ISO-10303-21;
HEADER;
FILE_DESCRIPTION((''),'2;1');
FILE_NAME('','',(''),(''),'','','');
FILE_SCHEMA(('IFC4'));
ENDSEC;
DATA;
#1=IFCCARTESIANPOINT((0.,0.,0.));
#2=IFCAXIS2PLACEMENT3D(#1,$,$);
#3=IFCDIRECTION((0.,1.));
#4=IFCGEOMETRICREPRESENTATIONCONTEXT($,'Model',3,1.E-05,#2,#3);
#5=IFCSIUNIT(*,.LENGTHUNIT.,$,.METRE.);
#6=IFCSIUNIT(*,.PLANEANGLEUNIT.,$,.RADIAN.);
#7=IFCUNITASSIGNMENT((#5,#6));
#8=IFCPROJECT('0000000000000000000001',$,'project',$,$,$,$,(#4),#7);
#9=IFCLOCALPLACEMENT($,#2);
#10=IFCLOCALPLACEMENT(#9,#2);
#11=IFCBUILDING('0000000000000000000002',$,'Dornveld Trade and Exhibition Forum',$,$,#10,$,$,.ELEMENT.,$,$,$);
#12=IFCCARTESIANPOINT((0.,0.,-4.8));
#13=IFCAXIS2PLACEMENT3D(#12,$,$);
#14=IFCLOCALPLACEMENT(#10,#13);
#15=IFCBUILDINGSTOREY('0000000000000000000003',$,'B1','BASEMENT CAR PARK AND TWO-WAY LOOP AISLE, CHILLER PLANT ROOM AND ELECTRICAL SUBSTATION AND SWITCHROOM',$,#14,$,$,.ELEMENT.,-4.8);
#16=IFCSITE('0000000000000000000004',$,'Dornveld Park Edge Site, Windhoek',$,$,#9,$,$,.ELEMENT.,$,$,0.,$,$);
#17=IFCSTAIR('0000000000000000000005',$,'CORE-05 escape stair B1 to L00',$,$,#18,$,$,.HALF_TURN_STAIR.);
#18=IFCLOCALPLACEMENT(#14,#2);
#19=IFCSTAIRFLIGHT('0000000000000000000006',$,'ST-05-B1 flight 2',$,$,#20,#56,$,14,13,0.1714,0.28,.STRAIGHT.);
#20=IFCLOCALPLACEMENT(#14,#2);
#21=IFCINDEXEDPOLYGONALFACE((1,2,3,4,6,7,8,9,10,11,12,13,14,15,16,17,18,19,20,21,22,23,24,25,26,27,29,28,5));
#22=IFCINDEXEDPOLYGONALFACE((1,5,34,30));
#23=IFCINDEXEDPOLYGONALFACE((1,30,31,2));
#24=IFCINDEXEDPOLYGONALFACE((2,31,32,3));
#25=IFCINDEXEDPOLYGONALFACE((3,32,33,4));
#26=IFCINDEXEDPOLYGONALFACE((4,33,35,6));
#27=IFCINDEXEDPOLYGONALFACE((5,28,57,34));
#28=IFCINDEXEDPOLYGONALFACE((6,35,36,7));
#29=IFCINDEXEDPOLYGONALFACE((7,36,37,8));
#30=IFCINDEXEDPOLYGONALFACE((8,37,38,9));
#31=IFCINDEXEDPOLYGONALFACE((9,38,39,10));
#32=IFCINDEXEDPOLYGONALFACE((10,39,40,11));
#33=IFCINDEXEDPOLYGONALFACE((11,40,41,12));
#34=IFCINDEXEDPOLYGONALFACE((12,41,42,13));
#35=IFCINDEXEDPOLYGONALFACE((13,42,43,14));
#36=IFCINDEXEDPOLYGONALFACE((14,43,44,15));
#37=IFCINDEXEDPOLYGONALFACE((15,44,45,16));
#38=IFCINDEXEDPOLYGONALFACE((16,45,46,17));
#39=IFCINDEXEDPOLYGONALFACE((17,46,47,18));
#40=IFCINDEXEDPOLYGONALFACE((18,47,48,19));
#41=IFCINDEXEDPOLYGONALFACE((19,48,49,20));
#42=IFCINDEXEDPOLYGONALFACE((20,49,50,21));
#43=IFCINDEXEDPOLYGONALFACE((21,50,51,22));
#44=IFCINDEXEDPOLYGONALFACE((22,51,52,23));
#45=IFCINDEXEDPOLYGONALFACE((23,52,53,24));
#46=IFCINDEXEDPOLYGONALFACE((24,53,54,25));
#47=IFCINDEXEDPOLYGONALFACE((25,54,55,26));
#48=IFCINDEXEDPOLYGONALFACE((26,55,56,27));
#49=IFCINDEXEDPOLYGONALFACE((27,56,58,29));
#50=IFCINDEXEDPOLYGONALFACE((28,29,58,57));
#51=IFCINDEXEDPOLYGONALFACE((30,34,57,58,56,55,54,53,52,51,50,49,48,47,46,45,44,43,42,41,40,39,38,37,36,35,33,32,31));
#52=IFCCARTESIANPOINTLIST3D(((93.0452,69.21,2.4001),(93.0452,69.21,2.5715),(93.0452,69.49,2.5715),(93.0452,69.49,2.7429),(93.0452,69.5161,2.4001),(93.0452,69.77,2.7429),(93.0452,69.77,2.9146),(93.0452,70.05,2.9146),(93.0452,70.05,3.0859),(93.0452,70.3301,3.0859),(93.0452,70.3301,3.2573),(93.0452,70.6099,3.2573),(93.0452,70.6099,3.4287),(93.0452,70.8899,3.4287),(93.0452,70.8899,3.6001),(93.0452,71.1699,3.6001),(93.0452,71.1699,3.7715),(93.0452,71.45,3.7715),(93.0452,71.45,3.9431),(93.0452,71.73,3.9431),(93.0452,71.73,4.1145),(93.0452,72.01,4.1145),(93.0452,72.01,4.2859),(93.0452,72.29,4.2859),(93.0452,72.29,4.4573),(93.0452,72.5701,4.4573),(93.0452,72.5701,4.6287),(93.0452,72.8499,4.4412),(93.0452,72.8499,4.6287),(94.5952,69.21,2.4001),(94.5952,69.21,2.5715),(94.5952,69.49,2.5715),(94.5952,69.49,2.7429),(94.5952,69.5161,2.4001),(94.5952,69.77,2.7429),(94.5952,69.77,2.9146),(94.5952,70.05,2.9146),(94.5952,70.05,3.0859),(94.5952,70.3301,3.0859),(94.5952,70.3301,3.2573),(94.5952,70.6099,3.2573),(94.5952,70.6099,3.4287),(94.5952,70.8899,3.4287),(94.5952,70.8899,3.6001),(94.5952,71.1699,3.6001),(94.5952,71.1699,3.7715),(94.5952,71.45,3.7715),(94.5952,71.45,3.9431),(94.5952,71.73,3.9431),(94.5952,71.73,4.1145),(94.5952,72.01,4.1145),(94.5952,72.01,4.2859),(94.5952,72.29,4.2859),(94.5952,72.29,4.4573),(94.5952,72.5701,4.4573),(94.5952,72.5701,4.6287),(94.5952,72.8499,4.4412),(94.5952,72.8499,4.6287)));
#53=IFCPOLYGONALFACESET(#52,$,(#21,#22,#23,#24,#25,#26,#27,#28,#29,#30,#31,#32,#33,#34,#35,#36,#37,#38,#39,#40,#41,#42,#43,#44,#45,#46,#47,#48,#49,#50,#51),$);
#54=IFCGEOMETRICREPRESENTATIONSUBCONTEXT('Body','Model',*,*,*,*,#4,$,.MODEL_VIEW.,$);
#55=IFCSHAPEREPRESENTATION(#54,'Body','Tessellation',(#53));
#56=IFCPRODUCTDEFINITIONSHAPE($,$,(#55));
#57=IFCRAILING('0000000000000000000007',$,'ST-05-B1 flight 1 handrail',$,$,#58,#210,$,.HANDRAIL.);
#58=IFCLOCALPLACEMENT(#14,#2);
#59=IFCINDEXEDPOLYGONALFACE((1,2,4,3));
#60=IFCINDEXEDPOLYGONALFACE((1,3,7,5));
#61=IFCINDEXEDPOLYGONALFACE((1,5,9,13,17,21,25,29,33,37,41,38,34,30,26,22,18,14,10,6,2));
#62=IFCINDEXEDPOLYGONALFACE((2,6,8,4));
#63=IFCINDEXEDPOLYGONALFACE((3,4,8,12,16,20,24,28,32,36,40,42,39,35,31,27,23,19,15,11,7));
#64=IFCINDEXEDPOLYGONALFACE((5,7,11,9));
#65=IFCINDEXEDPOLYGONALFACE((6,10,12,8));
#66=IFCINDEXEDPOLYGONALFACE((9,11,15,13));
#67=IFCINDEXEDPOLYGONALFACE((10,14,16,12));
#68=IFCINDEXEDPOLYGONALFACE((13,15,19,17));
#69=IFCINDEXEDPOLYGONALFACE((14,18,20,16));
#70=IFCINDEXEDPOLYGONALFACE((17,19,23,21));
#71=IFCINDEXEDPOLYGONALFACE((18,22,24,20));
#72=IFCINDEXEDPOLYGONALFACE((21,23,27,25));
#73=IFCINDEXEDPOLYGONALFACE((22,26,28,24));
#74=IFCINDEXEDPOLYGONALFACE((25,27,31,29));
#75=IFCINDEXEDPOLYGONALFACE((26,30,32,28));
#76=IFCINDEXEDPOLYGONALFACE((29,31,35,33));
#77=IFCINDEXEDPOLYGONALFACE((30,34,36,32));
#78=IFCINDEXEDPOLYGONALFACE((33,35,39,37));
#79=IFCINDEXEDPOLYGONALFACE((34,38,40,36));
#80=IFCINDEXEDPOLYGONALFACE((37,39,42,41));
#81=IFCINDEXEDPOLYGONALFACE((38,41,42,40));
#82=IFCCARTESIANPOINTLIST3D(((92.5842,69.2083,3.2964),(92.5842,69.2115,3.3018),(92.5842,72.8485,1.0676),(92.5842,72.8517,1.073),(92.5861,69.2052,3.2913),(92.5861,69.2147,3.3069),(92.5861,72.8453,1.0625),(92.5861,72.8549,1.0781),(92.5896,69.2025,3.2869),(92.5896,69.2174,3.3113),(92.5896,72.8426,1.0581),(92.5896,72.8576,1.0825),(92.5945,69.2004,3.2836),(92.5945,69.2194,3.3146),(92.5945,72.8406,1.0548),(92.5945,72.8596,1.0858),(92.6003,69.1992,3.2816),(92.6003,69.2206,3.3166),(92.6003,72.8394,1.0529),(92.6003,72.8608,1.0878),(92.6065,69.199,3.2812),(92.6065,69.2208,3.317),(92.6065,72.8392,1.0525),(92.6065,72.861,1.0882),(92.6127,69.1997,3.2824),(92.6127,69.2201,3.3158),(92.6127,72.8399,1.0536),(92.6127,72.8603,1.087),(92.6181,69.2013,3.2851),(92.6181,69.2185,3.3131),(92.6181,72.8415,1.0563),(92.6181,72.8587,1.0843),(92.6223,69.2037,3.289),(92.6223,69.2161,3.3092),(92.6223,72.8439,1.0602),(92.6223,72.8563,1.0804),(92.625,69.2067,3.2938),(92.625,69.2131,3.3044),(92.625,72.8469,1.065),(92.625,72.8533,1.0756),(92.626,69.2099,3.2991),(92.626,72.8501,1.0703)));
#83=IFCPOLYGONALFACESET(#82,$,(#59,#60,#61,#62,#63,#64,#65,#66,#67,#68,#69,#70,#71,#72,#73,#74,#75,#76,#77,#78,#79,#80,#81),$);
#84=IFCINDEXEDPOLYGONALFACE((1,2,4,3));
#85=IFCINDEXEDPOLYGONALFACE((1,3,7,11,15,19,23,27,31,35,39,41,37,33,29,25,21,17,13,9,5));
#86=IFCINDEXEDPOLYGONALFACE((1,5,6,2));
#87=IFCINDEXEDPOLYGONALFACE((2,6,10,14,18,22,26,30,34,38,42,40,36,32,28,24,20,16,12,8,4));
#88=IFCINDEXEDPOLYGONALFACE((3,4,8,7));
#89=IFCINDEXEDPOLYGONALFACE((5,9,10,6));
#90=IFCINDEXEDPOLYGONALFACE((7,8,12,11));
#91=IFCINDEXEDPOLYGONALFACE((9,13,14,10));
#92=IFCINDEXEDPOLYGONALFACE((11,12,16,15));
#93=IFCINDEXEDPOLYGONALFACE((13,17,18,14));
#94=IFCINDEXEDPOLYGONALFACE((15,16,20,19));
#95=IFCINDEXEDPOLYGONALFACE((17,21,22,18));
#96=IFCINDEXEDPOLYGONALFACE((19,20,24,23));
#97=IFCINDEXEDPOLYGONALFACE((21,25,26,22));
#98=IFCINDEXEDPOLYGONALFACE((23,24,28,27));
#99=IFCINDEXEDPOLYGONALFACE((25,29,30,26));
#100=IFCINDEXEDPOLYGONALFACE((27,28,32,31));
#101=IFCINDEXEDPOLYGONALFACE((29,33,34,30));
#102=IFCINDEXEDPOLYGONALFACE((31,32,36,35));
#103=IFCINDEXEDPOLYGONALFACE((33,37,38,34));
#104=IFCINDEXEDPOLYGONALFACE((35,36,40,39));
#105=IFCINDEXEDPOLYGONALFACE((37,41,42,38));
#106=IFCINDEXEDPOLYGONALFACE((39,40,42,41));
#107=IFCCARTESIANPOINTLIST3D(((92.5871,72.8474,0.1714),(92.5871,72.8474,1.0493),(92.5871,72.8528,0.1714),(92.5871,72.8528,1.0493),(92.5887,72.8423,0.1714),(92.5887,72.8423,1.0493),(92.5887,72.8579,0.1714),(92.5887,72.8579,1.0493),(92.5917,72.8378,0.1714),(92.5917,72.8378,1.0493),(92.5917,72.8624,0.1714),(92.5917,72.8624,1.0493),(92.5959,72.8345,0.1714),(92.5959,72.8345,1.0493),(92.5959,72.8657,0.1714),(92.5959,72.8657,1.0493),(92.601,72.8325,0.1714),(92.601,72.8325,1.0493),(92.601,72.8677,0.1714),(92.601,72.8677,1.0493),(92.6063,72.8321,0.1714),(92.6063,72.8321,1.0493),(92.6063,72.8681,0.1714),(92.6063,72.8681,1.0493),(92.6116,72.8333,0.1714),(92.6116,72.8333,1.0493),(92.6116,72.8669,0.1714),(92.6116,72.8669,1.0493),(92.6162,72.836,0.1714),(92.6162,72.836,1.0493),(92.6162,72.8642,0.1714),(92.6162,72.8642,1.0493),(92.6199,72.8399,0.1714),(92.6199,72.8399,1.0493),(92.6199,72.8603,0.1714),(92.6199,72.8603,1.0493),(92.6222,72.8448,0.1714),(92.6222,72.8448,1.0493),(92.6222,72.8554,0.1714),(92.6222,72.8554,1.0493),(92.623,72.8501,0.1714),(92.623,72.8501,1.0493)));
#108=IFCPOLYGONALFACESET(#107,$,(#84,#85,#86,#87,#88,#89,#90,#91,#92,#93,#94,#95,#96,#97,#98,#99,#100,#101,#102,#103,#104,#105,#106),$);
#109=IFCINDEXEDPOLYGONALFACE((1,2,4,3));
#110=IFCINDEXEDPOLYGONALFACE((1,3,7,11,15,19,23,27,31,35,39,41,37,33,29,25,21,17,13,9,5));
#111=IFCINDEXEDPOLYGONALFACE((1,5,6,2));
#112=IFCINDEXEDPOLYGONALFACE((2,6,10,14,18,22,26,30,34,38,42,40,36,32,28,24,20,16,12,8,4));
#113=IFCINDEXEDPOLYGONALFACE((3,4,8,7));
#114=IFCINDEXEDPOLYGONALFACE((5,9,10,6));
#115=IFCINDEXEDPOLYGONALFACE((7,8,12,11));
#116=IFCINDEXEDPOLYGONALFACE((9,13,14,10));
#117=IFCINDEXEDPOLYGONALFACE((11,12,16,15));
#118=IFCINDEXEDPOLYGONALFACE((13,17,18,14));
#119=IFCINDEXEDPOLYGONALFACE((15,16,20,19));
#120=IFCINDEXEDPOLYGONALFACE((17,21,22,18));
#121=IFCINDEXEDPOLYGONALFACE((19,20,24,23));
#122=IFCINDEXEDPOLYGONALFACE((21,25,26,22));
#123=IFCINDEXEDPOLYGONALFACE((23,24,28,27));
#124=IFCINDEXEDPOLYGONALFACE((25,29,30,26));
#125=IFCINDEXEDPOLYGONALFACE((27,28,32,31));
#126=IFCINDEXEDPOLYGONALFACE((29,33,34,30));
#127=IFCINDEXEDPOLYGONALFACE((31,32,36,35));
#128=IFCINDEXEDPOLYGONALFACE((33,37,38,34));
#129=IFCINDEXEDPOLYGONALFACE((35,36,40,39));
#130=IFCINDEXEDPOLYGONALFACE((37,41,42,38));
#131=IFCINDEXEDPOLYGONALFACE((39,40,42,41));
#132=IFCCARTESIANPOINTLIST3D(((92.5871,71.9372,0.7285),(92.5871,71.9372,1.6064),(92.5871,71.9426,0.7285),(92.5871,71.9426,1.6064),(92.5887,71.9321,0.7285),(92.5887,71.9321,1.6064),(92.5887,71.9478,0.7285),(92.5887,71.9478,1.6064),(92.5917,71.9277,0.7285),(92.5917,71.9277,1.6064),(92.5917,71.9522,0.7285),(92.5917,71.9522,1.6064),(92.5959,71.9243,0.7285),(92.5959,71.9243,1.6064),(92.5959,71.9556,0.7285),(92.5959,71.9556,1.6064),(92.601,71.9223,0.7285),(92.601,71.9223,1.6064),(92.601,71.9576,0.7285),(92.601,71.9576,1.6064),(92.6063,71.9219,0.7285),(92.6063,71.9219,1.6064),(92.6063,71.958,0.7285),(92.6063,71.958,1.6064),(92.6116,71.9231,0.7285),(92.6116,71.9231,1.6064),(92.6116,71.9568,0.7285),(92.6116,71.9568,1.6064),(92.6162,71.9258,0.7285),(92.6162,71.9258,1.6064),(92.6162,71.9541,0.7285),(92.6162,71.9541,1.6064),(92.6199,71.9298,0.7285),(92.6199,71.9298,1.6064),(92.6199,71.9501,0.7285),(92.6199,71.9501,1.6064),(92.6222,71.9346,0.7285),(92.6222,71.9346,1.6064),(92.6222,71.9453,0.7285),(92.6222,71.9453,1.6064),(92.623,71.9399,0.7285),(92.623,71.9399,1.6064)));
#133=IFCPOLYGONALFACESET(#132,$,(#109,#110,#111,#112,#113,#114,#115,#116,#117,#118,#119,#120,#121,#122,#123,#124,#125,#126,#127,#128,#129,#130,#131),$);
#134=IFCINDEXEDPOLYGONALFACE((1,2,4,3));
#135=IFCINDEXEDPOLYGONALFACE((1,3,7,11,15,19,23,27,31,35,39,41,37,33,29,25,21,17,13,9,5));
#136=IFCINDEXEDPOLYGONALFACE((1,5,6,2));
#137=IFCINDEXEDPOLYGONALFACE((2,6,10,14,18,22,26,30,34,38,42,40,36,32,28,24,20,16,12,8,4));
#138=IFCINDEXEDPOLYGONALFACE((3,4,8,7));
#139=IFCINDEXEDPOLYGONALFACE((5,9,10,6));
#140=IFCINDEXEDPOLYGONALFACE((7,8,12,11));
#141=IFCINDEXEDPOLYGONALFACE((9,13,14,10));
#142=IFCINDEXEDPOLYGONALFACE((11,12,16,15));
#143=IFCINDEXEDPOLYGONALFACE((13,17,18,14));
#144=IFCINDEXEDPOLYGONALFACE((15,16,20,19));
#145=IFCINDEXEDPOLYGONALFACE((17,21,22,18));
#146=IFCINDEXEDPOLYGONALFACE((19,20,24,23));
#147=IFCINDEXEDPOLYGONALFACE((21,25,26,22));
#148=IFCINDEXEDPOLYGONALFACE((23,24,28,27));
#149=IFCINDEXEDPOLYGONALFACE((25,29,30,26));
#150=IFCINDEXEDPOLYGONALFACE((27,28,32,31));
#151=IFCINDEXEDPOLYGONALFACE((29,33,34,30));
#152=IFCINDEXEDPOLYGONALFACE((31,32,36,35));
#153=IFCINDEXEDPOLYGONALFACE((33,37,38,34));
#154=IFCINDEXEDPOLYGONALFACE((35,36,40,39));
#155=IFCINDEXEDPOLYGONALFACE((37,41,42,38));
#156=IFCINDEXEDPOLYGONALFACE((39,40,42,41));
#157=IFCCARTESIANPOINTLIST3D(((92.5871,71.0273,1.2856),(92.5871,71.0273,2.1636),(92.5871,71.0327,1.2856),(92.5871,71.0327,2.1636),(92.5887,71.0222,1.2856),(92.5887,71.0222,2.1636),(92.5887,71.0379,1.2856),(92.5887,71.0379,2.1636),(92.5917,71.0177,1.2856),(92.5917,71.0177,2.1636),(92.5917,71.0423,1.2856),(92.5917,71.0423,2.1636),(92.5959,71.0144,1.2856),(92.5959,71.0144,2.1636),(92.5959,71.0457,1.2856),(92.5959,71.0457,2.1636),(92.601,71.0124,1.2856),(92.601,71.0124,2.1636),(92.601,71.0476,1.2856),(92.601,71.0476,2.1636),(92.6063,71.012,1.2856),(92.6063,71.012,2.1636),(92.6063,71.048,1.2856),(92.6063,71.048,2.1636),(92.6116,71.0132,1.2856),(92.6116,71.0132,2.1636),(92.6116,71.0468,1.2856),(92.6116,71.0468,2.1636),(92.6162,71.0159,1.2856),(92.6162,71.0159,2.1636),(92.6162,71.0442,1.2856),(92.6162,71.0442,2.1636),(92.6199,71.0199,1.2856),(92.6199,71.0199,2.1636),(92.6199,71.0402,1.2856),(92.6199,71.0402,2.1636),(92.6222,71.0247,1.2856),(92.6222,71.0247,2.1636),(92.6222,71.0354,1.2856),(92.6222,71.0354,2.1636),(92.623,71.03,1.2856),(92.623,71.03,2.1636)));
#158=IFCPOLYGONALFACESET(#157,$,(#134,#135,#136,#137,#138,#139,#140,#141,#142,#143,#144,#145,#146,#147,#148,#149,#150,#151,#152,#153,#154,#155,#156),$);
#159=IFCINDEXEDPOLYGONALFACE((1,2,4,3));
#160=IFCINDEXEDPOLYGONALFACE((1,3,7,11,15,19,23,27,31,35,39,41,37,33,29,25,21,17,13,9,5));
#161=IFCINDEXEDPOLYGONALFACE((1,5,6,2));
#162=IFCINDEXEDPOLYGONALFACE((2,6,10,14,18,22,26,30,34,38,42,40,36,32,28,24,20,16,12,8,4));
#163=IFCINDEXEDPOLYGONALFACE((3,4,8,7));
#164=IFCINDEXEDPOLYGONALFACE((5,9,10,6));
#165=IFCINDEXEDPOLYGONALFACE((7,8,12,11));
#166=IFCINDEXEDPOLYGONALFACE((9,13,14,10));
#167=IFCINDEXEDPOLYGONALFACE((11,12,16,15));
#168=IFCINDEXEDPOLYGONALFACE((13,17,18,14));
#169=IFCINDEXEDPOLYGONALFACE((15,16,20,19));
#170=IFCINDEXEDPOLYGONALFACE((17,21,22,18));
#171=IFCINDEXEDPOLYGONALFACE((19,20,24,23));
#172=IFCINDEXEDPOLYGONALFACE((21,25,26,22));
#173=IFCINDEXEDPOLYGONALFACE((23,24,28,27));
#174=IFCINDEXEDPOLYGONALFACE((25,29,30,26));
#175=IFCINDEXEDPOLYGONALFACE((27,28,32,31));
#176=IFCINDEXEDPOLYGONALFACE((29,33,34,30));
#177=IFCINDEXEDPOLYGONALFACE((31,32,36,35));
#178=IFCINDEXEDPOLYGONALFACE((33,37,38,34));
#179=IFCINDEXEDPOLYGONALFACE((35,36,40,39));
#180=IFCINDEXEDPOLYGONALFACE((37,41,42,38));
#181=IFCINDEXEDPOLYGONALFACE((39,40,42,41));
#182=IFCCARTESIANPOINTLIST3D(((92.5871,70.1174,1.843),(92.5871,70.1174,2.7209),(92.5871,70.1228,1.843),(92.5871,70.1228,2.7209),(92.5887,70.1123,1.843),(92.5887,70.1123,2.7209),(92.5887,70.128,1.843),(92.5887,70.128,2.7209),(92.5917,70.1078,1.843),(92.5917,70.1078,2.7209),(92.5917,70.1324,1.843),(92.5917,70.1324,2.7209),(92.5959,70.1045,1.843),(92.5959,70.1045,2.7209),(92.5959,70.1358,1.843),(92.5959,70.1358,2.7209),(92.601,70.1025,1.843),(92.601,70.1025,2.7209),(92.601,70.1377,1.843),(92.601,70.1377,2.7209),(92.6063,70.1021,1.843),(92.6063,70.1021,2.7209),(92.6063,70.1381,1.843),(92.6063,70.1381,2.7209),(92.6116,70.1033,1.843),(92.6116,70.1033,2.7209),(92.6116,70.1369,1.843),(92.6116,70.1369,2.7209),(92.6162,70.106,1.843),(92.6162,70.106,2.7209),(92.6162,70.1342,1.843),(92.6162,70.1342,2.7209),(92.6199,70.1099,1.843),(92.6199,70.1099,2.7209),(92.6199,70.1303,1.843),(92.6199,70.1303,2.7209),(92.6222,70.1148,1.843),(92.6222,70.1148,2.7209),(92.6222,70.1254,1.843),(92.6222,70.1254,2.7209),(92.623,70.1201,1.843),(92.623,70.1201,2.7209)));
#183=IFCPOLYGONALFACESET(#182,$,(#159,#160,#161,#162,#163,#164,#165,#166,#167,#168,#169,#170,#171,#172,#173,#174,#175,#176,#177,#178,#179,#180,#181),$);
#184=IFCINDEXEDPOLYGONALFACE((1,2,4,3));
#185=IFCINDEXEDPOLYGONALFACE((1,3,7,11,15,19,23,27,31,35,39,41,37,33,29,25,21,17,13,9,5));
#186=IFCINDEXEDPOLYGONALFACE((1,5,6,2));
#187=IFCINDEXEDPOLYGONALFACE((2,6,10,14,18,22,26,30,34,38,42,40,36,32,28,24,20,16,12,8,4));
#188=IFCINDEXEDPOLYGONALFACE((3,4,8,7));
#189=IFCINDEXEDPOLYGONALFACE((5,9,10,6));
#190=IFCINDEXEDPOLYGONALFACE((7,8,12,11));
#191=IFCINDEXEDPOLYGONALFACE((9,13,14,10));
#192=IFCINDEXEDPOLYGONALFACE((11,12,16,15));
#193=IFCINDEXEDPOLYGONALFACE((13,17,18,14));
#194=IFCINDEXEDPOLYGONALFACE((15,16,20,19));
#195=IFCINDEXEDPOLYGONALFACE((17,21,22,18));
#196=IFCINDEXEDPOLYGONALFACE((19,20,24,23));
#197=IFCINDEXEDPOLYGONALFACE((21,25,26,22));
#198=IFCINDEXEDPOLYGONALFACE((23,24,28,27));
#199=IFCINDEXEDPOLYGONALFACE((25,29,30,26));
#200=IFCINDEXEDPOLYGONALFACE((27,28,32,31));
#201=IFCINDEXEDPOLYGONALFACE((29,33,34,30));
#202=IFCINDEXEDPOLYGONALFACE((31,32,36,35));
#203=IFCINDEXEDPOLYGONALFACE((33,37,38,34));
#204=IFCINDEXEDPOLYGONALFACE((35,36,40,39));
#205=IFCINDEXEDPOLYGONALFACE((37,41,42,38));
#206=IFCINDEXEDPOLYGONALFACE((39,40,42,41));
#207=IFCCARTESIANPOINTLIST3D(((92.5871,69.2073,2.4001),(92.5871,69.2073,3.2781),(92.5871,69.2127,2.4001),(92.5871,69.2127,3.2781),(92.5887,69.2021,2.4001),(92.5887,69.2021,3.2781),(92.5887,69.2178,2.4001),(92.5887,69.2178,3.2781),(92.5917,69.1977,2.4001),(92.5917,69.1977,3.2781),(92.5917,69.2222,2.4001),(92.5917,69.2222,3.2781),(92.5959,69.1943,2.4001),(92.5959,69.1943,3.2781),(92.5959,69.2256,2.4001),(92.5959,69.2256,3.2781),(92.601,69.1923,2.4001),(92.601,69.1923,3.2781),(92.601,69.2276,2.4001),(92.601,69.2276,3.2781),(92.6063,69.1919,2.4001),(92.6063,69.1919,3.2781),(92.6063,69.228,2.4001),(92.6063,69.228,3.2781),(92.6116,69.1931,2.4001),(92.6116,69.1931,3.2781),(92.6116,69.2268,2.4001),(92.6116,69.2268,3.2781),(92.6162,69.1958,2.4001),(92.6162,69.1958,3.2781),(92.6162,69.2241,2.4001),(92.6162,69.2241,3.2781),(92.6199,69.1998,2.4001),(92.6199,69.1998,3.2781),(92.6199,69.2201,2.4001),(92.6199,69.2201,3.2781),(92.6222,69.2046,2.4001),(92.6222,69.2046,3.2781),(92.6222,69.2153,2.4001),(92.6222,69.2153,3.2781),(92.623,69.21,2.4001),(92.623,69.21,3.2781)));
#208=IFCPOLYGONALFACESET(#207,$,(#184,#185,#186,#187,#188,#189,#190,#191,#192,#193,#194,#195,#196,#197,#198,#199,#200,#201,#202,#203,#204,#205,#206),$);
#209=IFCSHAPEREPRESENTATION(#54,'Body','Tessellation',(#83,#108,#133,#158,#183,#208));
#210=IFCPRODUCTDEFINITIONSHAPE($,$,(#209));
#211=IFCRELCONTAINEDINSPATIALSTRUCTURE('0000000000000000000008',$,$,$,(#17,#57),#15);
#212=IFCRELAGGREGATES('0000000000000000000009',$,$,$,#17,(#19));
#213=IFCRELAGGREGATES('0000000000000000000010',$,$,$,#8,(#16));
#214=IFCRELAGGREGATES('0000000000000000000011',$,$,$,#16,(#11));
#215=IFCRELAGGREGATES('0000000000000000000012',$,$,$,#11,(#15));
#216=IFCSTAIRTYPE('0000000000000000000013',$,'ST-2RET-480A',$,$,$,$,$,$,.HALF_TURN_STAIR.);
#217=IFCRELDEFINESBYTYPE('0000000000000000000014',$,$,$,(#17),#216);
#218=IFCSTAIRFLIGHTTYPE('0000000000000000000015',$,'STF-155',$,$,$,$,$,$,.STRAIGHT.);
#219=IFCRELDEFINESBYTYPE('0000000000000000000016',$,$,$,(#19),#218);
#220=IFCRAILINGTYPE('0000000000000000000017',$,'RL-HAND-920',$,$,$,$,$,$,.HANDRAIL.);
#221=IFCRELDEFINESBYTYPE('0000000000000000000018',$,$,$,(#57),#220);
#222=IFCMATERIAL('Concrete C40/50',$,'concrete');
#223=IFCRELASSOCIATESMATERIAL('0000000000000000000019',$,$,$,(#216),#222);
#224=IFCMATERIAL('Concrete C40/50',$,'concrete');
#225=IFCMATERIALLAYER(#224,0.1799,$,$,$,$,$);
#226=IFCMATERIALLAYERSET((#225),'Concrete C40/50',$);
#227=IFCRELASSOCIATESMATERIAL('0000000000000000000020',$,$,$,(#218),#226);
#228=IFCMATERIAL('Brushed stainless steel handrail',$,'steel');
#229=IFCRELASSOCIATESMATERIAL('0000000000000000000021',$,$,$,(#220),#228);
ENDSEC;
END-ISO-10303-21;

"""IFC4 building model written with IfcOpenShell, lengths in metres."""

from ifc_helpers import new_model, si_unit, direction, frame, origin, origin_2d, place, context, subcontext, project, spatial, polyline, circle, outline, extrude, material, layer, layer_set, type_object, element, aggregate, save


model = new_model("IFC4")

# Units and contexts
model_context = context("Model", 3, precision=1e-05, world=origin(), true_north=direction((0.0, 1.0)))
body_context = subcontext(model_context, "Body", "Model", "MODEL_VIEW")
ifc_project = project(units=[si_unit("LENGTHUNIT", "METRE"), si_unit("PLANEANGLEUNIT", "RADIAN")], contexts=[model_context])

# Site, building, storey
site_placement = place(None, origin())
site = spatial("IfcSite", under=ifc_project, at=site_placement, Name="Dornveld Park Edge Site, Windhoek", CompositionType="ELEMENT", RefElevation=0.0)
building_placement = place(site_placement, origin())
building = spatial("IfcBuilding", under=site, at=building_placement, Name="Dornveld Trade and Exhibition Forum", CompositionType="ELEMENT")
storey_placement = place(building_placement, frame((0.0, 0.0, -4.8)))
storey = spatial("IfcBuildingStorey", under=building, at=storey_placement, Name="B1", Description="BASEMENT CAR PARK AND TWO-WAY LOOP AISLE, CHILLER PLANT ROOM AND ELECTRICAL SUBSTATION AND SWITCHROOM", CompositionType="ELEMENT", Elevation=-4.8)

# Stair, stair flight
ifc_material_1 = material(Name="Concrete C40/50", Category="concrete")
stair_type = type_object("IfcStairType", Name="ST-2RET-480A", PredefinedType="HALF_TURN_STAIR", material=ifc_material_1)
stair_placement = place(storey_placement, origin())
stair = element("IfcStair", 1, at=stair_placement, inside=storey, type_object=stair_type, Name="CORE-05 escape stair B1 to L00", PredefinedType="HALF_TURN_STAIR")
ifc_material_2 = material(Name="Concrete C40/50", Category="concrete")
ifc_layer_1 = layer(ifc_material_2, 0.1799)
ifc_layer_set_1 = layer_set([ifc_layer_1], Name="Concrete C40/50")
stair_flight_type = type_object("IfcStairFlightType", Name="STF-155", PredefinedType="STRAIGHT", material=ifc_layer_set_1)
stair_flight_1_placement = place(storey_placement, frame((93.8201, 69.21, 2.4001), z_axis=(0.0, 0.0, 1.0), x_axis=(0.0, 1.0, 0.0)))
stair_flight_1 = element("IfcStairFlight", 2, at=stair_flight_1_placement, type_object=stair_flight_type, Name="ST-05-B1 flight 2", NumberOfRisers=14, NumberOfTreads=13, PredefinedType="STRAIGHT", RiserHeight=0.1714, TreadLength=0.28, context=body_context, shape_type="SweptSolid", body=[
    extrude(outline(polyline([(0.0, 0.0), (0.0, 0.1714), (0.28, 0.1714), (0.28, 0.3428), (0.5601, 0.3428), (0.5601, 0.5144), (0.8401, 0.5144), (0.8401, 0.6858), (1.1201, 0.6858), (1.1201, 0.8572), (1.3999, 0.8572), (1.3999, 1.0286), (1.6799, 1.0286), (1.6799, 1.2), (1.96, 1.2), (1.96, 1.3713), (2.24, 1.3713), (2.24, 1.543), (2.52, 1.543), (2.52, 1.7144), (2.8, 1.7144), (2.8, 1.8857), (3.0801, 1.8857), (3.0801, 2.0571), (3.3601, 2.0571), (3.3601, 2.2285), (3.6399, 2.2285), (3.6399, 2.3999), (3.6399, 2.041), (0.3062, 0.0), (0.0, 0.0)])), frame((0.0, 0.7749, 0.0), z_axis=(0.0, -1.0, 0.0), x_axis=(1.0, 0.0, 0.0)), (0.0, 0.0, 1.0), 1.55),
])
aggregate(stair, [stair_flight_1])

# Railing
ifc_material_3 = material(Name="Brushed stainless steel handrail", Category="steel")
railing_type = type_object("IfcRailingType", Name="RL-HAND-920", PredefinedType="HANDRAIL", material=ifc_material_3)
railing_placement = place(storey_placement, frame((92.605, 72.8501, 0.1714)))
element("IfcRailing", 3, at=railing_placement, inside=storey, type_object=railing_type, Name="ST-05-B1 flight 1 handrail", PredefinedType="HANDRAIL", context=body_context, shape_type="SweptSolid", body=[
    extrude(circle(Radius=0.021, at=origin_2d()), frame((0.0, 0.0, 0.8989), z_axis=(0.0, -0.85284, 0.522172), x_axis=(1.0, 0.0, 0.0)), (0.0, 0.0, 1.0), 4.2683),
    extrude(circle(Radius=0.0181, at=origin_2d()), origin(), (0.0, 0.0, 1.0), 0.8779),
    extrude(circle(Radius=0.0181, at=origin_2d()), frame((0.0, -0.9102, 0.5571)), (0.0, 0.0, 1.0), 0.8779),
    extrude(circle(Radius=0.0181, at=origin_2d()), frame((0.0, -1.8201, 1.1143)), (0.0, 0.0, 1.0), 0.8779),
    extrude(circle(Radius=0.0181, at=origin_2d()), frame((0.0, -2.73, 1.6716)), (0.0, 0.0, 1.0), 0.8779),
    extrude(circle(Radius=0.0181, at=origin_2d()), frame((0.0, -3.6401, 2.2288)), (0.0, 0.0, 1.0), 0.8779),
])

save(model, "model.ifc")
